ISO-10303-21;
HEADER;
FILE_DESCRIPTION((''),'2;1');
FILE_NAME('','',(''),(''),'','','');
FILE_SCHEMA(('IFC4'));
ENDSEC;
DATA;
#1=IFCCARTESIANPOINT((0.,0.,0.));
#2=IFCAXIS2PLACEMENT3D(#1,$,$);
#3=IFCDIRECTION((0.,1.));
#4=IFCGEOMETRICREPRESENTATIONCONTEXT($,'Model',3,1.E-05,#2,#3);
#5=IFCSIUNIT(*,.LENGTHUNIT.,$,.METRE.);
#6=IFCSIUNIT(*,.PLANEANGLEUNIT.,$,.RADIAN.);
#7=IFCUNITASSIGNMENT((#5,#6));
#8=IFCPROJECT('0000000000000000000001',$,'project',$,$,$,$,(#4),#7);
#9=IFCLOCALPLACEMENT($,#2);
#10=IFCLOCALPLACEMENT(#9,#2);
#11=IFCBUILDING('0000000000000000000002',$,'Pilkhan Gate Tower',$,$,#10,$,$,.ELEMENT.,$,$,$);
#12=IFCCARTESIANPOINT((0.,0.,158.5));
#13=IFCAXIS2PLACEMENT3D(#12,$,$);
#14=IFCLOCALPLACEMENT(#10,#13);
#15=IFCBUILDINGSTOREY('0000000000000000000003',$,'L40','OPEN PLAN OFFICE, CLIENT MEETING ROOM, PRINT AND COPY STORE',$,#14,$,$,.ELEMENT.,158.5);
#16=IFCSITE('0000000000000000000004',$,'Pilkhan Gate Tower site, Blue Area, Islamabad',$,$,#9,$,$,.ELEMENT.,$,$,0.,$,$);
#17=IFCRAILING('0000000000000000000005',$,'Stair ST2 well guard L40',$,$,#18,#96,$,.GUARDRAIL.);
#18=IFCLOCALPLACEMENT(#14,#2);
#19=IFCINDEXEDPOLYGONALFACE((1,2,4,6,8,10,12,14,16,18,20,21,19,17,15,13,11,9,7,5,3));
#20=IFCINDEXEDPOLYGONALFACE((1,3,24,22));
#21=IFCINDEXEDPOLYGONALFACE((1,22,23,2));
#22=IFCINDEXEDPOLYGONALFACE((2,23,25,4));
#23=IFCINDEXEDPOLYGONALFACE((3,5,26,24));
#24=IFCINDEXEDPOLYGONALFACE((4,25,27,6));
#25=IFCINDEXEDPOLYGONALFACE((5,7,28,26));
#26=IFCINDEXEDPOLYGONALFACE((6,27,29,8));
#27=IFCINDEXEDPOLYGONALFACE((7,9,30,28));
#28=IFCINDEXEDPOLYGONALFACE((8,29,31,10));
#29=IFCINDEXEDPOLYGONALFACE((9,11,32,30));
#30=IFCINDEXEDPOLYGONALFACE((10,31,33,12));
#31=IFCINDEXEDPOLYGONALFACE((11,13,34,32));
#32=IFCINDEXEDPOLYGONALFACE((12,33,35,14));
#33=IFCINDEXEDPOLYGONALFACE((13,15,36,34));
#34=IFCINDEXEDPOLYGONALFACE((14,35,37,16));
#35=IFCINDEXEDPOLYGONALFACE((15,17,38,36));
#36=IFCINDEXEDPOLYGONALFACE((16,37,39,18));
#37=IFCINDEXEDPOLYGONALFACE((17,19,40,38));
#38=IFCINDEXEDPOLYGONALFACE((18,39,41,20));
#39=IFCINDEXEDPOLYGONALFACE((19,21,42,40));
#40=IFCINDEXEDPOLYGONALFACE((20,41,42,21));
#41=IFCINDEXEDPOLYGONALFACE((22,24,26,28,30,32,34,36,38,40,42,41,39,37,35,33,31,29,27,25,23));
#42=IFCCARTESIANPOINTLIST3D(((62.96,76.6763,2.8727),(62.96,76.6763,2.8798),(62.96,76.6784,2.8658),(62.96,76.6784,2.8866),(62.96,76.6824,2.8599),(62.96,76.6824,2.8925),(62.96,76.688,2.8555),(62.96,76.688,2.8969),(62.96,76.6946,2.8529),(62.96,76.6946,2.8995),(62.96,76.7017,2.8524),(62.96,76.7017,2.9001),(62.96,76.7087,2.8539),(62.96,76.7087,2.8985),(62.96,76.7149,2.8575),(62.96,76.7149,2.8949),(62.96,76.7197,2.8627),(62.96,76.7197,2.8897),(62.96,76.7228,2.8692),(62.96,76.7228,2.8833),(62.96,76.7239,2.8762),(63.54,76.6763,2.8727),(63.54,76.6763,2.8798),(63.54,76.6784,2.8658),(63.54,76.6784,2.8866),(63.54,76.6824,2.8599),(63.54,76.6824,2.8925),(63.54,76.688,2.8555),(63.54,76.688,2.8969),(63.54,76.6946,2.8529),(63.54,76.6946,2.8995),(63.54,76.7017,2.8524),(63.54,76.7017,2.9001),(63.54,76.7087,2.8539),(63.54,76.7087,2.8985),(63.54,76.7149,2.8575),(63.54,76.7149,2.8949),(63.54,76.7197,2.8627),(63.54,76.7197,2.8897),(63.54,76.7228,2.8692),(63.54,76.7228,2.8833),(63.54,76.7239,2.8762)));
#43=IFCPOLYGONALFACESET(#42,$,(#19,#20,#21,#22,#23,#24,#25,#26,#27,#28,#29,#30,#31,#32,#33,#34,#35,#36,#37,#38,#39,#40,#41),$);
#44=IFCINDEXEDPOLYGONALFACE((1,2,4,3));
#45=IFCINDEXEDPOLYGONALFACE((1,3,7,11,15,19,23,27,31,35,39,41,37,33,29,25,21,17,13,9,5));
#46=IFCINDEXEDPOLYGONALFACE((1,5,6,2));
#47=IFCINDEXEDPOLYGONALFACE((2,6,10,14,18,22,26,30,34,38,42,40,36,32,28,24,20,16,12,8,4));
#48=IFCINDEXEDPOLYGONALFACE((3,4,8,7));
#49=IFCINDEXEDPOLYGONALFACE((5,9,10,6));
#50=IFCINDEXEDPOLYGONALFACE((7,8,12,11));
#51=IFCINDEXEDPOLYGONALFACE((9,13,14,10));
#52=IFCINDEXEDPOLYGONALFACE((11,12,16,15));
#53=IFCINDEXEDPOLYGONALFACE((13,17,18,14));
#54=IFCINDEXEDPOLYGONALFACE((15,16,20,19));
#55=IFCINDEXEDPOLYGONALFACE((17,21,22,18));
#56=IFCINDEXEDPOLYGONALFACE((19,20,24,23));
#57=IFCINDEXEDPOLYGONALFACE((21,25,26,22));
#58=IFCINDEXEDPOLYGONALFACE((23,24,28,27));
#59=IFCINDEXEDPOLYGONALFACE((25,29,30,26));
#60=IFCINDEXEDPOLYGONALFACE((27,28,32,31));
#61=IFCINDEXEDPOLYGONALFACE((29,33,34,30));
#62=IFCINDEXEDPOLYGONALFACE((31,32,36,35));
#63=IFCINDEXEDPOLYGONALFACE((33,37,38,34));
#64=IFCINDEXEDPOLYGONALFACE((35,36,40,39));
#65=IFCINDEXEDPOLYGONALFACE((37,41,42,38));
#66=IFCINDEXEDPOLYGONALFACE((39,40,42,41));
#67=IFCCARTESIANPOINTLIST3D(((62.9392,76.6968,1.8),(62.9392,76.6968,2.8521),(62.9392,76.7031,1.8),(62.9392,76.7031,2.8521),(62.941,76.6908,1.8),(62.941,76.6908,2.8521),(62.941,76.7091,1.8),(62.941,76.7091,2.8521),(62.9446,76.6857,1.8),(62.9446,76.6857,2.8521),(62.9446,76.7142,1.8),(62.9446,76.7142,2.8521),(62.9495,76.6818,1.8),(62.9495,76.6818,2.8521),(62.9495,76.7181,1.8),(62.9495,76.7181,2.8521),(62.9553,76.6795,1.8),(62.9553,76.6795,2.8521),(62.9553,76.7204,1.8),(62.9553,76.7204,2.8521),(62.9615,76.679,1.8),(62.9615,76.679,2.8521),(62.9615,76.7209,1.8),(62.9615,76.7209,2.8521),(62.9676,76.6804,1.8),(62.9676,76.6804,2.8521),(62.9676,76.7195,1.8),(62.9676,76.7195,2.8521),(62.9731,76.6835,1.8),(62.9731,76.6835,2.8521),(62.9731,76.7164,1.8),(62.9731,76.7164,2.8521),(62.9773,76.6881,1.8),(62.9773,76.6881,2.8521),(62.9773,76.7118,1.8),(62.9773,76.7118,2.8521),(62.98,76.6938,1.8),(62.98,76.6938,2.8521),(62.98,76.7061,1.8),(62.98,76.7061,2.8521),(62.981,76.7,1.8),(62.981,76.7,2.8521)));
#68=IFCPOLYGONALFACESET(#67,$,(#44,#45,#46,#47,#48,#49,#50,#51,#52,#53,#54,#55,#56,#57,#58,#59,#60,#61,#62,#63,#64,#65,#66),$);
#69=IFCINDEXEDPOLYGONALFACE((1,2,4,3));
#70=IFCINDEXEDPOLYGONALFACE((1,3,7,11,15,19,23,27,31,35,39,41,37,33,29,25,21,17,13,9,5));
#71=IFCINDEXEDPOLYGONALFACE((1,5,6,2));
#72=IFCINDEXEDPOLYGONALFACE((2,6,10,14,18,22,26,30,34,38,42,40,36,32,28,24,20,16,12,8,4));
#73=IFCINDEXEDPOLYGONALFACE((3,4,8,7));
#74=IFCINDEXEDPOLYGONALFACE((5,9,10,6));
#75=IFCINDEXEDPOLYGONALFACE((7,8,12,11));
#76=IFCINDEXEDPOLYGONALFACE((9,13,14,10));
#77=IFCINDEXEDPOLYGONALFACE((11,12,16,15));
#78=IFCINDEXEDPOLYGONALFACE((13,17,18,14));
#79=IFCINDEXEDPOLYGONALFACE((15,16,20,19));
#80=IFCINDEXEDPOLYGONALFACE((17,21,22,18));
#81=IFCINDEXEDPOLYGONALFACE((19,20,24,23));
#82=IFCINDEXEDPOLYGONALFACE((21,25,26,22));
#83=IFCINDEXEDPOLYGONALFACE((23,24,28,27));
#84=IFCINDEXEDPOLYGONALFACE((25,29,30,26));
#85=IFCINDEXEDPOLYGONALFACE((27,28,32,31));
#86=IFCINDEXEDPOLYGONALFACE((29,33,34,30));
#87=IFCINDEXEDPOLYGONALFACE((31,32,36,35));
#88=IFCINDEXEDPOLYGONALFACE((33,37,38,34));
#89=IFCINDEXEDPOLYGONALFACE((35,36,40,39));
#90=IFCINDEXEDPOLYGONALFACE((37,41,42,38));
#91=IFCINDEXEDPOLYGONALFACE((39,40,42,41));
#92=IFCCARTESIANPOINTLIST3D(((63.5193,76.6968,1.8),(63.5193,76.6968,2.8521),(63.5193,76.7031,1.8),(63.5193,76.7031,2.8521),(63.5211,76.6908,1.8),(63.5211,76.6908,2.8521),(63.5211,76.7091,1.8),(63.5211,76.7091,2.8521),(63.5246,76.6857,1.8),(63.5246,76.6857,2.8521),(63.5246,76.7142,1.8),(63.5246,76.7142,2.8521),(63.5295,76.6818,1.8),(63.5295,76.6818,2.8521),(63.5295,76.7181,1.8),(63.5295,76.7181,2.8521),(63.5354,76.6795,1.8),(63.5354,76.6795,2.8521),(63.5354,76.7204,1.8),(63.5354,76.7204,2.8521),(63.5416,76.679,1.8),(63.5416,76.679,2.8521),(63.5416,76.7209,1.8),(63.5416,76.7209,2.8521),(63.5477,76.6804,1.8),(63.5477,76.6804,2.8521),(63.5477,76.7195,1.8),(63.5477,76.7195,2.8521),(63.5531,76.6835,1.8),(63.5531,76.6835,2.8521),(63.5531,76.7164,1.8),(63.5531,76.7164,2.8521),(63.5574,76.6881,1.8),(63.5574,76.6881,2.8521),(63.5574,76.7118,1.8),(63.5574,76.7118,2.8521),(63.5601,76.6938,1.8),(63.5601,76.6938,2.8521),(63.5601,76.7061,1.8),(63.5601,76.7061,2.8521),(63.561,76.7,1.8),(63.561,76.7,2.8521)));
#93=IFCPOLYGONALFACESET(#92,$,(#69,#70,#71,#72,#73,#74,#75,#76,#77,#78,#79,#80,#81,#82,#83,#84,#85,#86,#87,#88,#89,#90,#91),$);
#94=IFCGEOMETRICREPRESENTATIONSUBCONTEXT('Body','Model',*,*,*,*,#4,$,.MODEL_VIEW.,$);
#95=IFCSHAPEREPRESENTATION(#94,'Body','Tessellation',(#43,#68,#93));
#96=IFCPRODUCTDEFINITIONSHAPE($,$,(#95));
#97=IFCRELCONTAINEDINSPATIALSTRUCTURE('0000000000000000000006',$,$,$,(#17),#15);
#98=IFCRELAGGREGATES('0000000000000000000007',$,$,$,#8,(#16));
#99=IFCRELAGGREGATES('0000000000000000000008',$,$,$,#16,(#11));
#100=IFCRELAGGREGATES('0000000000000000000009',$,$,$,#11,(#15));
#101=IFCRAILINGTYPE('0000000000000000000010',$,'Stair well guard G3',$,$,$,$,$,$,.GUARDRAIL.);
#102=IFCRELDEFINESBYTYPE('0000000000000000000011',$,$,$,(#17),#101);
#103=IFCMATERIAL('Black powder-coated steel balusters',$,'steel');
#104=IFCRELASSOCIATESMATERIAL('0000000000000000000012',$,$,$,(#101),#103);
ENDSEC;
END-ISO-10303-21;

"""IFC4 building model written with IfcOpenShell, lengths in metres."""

from ifc_helpers import new_model, si_unit, direction, frame, origin, origin_2d, place, context, subcontext, project, spatial, circle, extrude, material, type_object, element, save


model = new_model("IFC4")

# Units and contexts
model_context = context("Model", 3, precision=1e-05, world=origin(), true_north=direction((0.0, 1.0)))
body_context = subcontext(model_context, "Body", "Model", "MODEL_VIEW")
ifc_project = project(units=[si_unit("LENGTHUNIT", "METRE"), si_unit("PLANEANGLEUNIT", "RADIAN")], contexts=[model_context])

# Site, building, storey
site_placement = place(None, origin())
site = spatial("IfcSite", under=ifc_project, at=site_placement, Name="Pilkhan Gate Tower site, Blue Area, Islamabad", CompositionType="ELEMENT", RefElevation=0.0)
building_placement = place(site_placement, origin())
building = spatial("IfcBuilding", under=site, at=building_placement, Name="Pilkhan Gate Tower", CompositionType="ELEMENT")
storey_placement = place(building_placement, frame((0.0, 0.0, 158.5)))
storey = spatial("IfcBuildingStorey", under=building, at=storey_placement, Name="L40", Description="OPEN PLAN OFFICE, CLIENT MEETING ROOM, PRINT AND COPY STORE", CompositionType="ELEMENT", Elevation=158.5)

# Railing
ifc_material_1 = material(Name="Black powder-coated steel balusters", Category="steel")
railing_type_1 = type_object("IfcRailingType", Name="Stair well guard G3", PredefinedType="GUARDRAIL", material=ifc_material_1)
for number, where, name in (
    (1, (62.96, 76.7, 1.8), "Stair ST2 well guard L40"),
):
    element("IfcRailing", number, at=place(storey_placement, frame(where)), inside=storey, type_object=railing_type_1, Name=name, PredefinedType="GUARDRAIL", context=body_context, shape_type="SweptSolid", body=[
        extrude(circle(Radius=0.0239, at=origin_2d()), frame((0.0, 0.0, 1.0762), z_axis=(1.0, 0.0, 0.0), x_axis=(0.0, 1.0, 0.0)), (0.0, 0.0, 1.0), 0.5801),
        extrude(circle(Radius=0.021, at=origin_2d()), origin(), (0.0, 0.0, 1.0), 1.052),
        extrude(circle(Radius=0.021, at=origin_2d()), frame((0.5801, 0.0, 0.0)), (0.0, 0.0, 1.0), 1.052),
    ])

save(model, "model.ifc")
